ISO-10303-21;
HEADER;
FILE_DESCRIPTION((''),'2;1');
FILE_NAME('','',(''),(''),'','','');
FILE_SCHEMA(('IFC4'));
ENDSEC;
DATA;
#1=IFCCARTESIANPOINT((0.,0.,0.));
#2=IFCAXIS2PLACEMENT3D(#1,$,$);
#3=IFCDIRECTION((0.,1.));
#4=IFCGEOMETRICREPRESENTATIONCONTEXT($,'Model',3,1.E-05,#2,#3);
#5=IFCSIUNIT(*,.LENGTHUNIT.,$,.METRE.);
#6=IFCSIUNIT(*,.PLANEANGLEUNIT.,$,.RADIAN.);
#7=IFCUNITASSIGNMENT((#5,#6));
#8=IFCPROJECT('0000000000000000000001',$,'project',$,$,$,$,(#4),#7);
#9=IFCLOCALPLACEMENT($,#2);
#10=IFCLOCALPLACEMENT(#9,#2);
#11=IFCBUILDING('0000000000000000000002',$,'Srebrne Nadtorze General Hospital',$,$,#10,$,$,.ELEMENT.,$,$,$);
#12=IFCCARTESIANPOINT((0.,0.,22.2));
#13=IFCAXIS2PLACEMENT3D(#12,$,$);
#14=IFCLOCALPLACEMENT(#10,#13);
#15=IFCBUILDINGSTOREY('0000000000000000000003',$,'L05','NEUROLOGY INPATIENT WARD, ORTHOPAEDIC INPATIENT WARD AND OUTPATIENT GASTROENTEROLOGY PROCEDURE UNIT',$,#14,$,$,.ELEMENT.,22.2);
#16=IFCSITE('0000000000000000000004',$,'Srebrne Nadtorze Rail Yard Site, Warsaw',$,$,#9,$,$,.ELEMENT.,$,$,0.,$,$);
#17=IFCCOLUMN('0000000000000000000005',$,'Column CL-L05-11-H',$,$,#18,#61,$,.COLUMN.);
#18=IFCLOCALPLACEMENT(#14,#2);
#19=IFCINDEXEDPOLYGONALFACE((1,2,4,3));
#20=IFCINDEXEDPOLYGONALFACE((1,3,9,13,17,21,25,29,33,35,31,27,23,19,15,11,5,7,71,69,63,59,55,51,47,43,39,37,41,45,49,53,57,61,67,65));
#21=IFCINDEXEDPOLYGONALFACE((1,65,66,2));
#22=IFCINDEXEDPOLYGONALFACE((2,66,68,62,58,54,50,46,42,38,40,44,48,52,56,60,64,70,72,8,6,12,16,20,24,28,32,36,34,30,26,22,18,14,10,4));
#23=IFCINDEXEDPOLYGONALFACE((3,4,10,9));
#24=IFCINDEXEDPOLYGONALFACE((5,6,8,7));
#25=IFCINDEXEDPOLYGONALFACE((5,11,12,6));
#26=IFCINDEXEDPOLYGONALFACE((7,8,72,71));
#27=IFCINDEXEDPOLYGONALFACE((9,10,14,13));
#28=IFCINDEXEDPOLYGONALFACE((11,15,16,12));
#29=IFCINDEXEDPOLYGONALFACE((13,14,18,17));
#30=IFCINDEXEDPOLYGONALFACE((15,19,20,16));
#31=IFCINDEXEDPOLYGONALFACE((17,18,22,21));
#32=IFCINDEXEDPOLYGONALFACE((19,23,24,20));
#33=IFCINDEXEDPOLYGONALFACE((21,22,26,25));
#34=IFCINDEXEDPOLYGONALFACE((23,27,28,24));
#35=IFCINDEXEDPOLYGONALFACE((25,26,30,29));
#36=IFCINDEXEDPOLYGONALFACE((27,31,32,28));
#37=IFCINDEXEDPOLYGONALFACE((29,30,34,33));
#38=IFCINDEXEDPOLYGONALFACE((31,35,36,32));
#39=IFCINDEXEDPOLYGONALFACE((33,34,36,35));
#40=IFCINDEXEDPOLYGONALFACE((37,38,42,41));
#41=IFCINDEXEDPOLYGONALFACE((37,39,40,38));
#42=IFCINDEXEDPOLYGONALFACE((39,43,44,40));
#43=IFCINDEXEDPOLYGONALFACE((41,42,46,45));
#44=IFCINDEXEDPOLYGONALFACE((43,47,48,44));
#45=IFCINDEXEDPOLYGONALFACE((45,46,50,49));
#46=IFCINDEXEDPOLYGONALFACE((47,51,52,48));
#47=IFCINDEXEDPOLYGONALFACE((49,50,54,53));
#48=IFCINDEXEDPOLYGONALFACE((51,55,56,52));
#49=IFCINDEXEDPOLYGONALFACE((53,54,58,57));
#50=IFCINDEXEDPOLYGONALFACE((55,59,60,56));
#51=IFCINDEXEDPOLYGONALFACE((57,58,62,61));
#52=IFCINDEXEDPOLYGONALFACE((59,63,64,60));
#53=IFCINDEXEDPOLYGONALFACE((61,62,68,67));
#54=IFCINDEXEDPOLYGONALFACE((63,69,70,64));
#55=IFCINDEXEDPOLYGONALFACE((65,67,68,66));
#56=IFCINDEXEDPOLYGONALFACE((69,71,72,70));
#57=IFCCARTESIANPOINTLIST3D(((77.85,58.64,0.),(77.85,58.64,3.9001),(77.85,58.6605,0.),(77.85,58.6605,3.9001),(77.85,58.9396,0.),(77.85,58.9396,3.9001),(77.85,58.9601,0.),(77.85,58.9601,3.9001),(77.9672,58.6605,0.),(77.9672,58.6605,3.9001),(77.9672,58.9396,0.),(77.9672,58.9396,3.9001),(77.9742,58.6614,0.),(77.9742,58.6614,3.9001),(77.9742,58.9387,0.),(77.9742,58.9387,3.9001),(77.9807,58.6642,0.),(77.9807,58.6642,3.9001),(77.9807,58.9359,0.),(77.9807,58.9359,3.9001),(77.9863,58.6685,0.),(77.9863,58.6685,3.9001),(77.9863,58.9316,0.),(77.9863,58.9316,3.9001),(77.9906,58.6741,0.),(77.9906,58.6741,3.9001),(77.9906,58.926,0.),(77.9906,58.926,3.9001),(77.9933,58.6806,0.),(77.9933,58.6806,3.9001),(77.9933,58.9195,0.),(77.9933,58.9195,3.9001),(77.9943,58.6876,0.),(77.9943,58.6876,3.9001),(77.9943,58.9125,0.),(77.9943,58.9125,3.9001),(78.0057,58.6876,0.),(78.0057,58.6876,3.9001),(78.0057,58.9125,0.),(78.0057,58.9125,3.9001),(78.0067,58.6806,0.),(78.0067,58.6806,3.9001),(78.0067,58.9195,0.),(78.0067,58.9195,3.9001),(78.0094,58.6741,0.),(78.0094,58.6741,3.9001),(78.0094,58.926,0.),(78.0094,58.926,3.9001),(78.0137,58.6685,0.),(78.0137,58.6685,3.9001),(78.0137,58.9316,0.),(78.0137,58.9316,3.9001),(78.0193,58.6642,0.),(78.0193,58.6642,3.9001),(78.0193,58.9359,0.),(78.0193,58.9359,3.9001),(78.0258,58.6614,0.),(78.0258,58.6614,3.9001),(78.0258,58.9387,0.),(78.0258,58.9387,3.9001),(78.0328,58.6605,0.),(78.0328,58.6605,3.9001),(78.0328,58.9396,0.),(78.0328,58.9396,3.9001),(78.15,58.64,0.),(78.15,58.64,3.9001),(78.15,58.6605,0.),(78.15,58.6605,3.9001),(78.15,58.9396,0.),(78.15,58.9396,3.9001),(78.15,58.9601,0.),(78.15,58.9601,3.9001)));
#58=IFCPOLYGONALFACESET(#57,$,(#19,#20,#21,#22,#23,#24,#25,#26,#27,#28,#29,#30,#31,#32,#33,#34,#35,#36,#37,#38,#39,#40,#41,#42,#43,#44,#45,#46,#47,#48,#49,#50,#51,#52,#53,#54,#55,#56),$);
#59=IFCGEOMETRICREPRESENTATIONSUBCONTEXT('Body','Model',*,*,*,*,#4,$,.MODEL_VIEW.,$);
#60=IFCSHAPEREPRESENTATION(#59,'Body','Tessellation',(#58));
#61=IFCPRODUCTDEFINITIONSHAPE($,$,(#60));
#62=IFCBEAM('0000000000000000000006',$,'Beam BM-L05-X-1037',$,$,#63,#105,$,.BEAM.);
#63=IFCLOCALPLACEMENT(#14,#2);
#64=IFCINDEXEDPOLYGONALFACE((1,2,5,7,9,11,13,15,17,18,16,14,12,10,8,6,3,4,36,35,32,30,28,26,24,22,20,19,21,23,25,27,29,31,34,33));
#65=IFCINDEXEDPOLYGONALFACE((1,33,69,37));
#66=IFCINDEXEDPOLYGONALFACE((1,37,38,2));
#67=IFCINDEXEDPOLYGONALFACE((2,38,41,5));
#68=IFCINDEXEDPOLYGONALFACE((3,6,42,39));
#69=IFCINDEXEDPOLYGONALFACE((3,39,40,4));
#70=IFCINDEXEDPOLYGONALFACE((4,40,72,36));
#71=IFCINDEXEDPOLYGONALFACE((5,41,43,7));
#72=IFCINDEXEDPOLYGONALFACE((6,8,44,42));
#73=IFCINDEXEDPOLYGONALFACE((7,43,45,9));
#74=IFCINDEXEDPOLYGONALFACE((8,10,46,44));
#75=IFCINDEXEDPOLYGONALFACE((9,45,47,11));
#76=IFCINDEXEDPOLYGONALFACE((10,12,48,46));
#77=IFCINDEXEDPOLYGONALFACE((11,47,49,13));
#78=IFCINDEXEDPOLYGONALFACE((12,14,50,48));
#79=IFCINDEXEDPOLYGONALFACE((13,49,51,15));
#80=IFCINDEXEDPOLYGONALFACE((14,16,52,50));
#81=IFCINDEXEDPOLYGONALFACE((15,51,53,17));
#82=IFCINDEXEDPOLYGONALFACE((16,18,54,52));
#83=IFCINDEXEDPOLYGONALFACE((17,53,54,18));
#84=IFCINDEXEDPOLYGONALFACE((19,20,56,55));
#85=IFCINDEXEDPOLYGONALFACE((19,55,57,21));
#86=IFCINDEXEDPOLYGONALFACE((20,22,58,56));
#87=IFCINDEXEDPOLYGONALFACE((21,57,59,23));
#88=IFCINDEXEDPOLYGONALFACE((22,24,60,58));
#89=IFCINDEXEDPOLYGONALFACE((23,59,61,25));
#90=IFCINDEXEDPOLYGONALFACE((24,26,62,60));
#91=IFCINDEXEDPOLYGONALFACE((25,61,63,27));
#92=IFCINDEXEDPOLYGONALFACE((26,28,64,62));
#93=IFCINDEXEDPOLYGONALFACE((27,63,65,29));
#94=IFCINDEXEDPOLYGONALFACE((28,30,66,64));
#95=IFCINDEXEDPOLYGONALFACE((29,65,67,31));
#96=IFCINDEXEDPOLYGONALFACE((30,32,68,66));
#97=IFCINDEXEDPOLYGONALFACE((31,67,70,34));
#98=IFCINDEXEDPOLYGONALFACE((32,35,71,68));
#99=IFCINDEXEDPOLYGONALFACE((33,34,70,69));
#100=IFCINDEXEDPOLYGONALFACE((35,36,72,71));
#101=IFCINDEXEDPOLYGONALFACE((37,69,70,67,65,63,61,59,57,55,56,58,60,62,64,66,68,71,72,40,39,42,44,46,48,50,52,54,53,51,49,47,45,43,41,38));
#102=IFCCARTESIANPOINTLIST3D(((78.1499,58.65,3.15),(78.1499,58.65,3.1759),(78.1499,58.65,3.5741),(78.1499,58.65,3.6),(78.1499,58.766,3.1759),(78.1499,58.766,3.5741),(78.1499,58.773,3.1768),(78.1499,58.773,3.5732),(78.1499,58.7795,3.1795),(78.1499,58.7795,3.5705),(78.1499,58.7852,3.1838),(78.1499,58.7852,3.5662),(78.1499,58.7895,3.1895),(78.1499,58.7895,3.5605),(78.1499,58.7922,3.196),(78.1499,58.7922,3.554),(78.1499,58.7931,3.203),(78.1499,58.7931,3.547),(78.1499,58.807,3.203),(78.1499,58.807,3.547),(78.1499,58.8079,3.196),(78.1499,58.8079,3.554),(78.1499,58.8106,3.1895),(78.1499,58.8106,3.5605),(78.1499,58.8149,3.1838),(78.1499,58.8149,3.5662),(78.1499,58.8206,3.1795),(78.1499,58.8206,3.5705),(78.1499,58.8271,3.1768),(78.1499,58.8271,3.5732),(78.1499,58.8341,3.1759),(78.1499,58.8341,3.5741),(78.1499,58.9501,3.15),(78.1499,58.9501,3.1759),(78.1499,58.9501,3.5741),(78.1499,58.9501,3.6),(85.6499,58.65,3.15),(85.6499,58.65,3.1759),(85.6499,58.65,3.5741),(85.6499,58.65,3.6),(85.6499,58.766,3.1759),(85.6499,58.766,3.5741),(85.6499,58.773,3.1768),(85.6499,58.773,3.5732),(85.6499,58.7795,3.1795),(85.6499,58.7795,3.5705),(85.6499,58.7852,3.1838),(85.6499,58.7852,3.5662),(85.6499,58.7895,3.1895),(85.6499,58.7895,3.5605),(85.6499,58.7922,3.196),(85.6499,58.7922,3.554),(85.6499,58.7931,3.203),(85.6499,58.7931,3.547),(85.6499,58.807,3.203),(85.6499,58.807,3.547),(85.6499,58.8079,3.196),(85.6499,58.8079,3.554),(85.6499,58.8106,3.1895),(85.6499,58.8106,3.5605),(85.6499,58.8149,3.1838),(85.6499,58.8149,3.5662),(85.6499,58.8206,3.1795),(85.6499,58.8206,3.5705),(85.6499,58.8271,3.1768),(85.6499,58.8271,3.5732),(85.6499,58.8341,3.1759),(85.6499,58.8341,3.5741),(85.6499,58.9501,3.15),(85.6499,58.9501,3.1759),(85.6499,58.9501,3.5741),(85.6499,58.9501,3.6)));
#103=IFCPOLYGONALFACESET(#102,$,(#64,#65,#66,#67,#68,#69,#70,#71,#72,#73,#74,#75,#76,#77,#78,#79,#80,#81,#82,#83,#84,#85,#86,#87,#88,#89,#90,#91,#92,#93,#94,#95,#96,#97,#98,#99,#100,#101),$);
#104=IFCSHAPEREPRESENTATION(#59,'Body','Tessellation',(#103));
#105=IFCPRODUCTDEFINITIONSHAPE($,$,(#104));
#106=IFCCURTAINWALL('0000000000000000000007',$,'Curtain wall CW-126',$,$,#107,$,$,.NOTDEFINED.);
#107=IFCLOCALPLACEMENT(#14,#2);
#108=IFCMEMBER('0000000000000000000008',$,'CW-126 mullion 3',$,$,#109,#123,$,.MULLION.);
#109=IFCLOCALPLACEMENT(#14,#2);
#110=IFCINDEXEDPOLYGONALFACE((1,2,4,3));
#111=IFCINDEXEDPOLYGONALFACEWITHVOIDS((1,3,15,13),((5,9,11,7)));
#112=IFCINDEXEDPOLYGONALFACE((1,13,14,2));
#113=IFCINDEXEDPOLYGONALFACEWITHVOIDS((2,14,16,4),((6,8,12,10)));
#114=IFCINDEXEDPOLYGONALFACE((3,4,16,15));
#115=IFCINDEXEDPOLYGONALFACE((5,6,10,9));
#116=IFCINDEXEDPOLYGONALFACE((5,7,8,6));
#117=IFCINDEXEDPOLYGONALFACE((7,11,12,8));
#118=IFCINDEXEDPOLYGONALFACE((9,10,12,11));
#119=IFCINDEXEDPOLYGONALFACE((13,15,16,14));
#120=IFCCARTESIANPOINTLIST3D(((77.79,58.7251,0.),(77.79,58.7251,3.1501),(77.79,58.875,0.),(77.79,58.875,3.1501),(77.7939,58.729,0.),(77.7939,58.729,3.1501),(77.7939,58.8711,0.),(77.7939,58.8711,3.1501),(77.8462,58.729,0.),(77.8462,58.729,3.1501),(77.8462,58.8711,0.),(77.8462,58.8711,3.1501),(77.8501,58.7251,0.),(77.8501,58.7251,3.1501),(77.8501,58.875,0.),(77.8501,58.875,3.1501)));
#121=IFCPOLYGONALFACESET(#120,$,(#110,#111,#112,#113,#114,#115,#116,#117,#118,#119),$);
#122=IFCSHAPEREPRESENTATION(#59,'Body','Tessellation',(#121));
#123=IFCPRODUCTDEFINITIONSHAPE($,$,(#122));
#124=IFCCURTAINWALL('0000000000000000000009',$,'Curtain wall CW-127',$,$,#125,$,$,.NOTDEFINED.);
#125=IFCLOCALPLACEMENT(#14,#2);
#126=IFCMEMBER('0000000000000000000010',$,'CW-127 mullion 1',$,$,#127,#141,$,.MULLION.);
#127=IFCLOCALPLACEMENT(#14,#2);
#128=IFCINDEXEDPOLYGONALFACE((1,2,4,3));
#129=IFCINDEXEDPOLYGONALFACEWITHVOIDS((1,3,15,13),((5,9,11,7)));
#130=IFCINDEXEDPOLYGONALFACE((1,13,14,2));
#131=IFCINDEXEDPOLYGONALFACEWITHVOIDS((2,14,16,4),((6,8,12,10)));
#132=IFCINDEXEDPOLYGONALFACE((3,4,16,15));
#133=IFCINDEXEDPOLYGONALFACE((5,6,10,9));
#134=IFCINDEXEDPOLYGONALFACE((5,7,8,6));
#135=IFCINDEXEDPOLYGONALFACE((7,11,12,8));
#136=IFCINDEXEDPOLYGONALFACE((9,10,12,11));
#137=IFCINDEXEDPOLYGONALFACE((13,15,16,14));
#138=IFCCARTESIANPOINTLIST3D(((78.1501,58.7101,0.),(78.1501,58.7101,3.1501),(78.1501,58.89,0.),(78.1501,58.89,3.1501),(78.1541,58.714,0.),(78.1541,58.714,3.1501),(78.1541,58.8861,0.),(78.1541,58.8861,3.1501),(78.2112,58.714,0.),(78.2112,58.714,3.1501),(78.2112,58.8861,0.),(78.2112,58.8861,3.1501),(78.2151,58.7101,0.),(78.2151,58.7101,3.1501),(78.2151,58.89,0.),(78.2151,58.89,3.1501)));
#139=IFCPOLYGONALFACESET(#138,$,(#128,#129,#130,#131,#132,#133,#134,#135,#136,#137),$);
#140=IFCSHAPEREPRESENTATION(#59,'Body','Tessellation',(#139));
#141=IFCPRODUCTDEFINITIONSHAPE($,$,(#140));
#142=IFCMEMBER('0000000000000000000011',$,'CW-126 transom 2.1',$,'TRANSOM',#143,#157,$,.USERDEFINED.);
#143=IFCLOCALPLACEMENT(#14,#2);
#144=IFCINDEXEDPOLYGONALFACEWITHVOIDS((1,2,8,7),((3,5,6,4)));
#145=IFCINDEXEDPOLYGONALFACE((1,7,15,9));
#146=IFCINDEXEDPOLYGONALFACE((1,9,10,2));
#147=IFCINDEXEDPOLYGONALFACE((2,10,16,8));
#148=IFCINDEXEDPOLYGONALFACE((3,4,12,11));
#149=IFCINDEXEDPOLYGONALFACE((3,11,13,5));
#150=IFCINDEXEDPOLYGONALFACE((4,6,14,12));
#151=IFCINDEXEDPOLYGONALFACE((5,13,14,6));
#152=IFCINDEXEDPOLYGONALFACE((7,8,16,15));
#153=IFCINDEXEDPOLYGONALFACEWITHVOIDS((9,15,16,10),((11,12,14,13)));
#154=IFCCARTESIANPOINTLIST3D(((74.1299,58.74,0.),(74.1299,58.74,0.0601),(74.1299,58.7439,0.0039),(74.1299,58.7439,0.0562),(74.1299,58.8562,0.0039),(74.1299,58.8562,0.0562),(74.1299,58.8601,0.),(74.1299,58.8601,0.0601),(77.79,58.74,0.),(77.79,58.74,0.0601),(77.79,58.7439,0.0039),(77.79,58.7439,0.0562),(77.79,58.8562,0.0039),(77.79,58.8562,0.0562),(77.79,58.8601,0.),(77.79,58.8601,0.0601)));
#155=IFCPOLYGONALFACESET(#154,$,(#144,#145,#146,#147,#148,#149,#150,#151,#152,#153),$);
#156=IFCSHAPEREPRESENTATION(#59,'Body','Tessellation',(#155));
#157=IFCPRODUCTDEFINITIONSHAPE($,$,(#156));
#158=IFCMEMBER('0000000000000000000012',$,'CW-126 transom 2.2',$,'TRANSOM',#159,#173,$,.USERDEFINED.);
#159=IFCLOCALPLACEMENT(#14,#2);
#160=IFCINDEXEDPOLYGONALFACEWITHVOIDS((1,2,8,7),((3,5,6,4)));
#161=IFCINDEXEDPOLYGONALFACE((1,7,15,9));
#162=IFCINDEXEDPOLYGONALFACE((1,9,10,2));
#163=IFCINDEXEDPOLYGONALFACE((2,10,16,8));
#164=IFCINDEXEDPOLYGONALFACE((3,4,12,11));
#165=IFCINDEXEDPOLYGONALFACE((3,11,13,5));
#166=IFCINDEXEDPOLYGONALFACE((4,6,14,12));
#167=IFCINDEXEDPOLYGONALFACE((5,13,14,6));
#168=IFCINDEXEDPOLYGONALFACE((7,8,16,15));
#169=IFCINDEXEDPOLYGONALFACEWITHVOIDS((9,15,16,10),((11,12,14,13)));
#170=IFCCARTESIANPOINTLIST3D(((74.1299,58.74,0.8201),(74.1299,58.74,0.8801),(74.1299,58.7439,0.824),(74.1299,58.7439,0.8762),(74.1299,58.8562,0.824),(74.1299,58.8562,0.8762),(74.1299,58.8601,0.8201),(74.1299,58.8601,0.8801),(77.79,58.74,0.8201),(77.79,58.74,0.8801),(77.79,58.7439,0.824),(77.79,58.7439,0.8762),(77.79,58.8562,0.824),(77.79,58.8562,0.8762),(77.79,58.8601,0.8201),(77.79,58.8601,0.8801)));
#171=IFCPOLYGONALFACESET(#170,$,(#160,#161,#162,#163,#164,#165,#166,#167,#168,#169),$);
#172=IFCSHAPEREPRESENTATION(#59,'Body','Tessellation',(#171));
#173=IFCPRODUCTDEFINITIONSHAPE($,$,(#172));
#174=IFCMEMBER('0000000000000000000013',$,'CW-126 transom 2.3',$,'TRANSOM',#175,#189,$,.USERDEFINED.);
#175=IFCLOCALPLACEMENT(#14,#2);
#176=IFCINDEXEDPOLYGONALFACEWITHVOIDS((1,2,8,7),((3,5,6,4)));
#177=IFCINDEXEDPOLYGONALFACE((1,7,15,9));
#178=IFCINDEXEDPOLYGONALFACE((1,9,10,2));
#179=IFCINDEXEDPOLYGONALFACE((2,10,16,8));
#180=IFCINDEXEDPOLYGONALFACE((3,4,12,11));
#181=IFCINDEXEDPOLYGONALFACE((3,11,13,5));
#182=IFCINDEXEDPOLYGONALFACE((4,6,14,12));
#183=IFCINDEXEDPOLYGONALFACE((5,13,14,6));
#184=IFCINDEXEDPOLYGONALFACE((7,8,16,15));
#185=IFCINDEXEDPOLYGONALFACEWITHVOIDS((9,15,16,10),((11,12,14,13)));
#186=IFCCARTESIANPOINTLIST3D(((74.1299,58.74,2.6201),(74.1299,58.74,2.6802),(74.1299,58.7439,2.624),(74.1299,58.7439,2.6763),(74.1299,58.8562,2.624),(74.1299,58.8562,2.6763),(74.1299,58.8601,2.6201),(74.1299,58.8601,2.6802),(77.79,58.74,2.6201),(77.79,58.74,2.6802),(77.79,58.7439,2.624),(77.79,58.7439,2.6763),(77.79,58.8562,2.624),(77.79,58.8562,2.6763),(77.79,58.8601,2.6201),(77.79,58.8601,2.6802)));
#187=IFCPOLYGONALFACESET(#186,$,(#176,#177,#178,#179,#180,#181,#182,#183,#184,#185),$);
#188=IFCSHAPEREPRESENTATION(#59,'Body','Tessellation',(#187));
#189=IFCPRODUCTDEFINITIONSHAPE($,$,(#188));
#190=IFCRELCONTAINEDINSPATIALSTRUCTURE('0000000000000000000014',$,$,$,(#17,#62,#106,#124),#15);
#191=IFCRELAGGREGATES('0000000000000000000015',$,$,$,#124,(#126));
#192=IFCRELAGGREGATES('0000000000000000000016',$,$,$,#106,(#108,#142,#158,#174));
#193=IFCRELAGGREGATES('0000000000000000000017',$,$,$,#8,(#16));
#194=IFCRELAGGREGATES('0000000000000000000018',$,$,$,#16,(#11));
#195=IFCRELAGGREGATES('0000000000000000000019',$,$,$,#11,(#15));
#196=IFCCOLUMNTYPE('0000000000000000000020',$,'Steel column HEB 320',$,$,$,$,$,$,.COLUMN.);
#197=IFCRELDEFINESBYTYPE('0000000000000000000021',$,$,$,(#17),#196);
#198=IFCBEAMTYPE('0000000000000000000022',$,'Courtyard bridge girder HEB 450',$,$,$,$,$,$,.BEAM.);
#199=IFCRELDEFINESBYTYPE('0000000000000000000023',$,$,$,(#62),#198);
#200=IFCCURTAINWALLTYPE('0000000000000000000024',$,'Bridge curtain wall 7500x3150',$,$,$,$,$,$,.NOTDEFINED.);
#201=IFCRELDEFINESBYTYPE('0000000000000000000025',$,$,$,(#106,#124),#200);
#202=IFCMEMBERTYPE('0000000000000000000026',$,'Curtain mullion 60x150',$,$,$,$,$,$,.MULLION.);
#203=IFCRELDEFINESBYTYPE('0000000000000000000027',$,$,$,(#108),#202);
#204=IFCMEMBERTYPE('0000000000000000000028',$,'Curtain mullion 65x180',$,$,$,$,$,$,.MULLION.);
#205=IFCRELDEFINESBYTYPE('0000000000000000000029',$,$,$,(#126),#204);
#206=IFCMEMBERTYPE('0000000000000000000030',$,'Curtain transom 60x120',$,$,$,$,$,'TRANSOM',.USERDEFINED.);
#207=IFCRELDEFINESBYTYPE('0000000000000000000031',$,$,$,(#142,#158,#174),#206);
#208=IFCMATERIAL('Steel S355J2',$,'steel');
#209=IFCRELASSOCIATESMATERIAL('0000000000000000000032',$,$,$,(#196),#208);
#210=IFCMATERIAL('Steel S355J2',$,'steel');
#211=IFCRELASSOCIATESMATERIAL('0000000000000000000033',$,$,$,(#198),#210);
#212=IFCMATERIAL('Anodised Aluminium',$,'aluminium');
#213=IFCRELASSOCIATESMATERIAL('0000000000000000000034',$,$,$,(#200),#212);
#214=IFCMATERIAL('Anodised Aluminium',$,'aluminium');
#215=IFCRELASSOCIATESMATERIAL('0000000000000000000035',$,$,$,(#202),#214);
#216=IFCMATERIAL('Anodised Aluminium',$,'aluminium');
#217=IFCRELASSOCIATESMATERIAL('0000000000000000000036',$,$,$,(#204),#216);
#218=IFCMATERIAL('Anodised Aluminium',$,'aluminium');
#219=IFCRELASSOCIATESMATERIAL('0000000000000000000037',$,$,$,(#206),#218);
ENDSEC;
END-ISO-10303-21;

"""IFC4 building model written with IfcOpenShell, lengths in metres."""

from ifc_helpers import new_model, si_unit, direction, frame, origin, origin_2d, place, context, subcontext, project, spatial, hollow_rectangle, i_section, extrude, material, material_profile, profile_set, type_object, element, aggregate, save


model = new_model("IFC4")

# Units and contexts
model_context = context("Model", 3, precision=1e-05, world=origin(), true_north=direction((0.0, 1.0)))
body_context = subcontext(model_context, "Body", "Model", "MODEL_VIEW")
ifc_project = project(units=[si_unit("LENGTHUNIT", "METRE"), si_unit("PLANEANGLEUNIT", "RADIAN")], contexts=[model_context])

# Site, building, storey
site_placement = place(None, origin())
site = spatial("IfcSite", under=ifc_project, at=site_placement, Name="Srebrne Nadtorze Rail Yard Site, Warsaw", CompositionType="ELEMENT", RefElevation=0.0)
building_placement = place(site_placement, origin())
building = spatial("IfcBuilding", under=site, at=building_placement, Name="Srebrne Nadtorze General Hospital", CompositionType="ELEMENT")
storey_placement = place(building_placement, frame((0.0, 0.0, 22.2)))
storey = spatial("IfcBuildingStorey", under=building, at=storey_placement, Name="L05", Description="NEUROLOGY INPATIENT WARD, ORTHOPAEDIC INPATIENT WARD AND OUTPATIENT GASTROENTEROLOGY PROCEDURE UNIT", CompositionType="ELEMENT", Elevation=22.2)

# Column
ifc_material_1 = material(Name="Steel S355J2", Category="steel")
ifc_material_profile_1 = material_profile(ifc_material_1, i_section(OverallWidth=0.3, OverallDepth=0.3201, WebThickness=0.0115, FlangeThickness=0.0205, FilletRadius=0.0271, at=origin_2d()), Name="HEB-320")
ifc_profile_set_1 = profile_set([ifc_material_profile_1], Name="Steel S355J2")
column_type = type_object("IfcColumnType", Name="Steel column HEB 320", PredefinedType="COLUMN", material=ifc_profile_set_1)
column_placement = place(storey_placement, frame((78.0, 58.8, 0.0), z_axis=(0.0, 0.0, 1.0), x_axis=(1.0, 0.0, 0.0)))
element("IfcColumn", 1, at=column_placement, inside=storey, type_object=column_type, Name="Column CL-L05-11-H", PredefinedType="COLUMN", context=body_context, shape_type="SweptSolid", body=[
    extrude(i_section(OverallWidth=0.3, OverallDepth=0.3201, WebThickness=0.0115, FlangeThickness=0.0205, FilletRadius=0.0271, at=origin_2d()), origin(), (0.0, 0.0, 1.0), 3.9001),
])

# Beam
ifc_material_2 = material(Name="Steel S355J2", Category="steel")
ifc_material_profile_2 = material_profile(ifc_material_2, i_section(OverallWidth=0.3, OverallDepth=0.45, WebThickness=0.0139, FlangeThickness=0.0259, FilletRadius=0.0271, at=origin_2d()), Name="HEB-450")
ifc_profile_set_2 = profile_set([ifc_material_profile_2], Name="Steel S355J2")
beam_type = type_object("IfcBeamType", Name="Courtyard bridge girder HEB 450", PredefinedType="BEAM", material=ifc_profile_set_2)
beam_placement = place(storey_placement, frame((78.1499, 58.8, 3.375), z_axis=(1.0, 0.0, 0.0), x_axis=(0.0, 1.0, 0.0)))
element("IfcBeam", 2, at=beam_placement, inside=storey, type_object=beam_type, Name="Beam BM-L05-X-1037", PredefinedType="BEAM", context=body_context, shape_type="SweptSolid", body=[
    extrude(i_section(OverallWidth=0.3, OverallDepth=0.45, WebThickness=0.0139, FlangeThickness=0.0259, FilletRadius=0.0271, at=origin_2d()), origin(), (0.0, 0.0, 1.0), 7.5),
])

# Curtain walls, members
ifc_material_3 = material(Name="Anodised Aluminium", Category="aluminium")
curtain_wall_type = type_object("IfcCurtainWallType", Name="Bridge curtain wall 7500x3150", PredefinedType="NOTDEFINED", material=ifc_material_3)
curtain_wall_1_placement = place(storey_placement, origin())
curtain_wall_1 = element("IfcCurtainWall", 3, at=curtain_wall_1_placement, inside=storey, type_object=curtain_wall_type, Name="Curtain wall CW-126", PredefinedType="NOTDEFINED")
ifc_material_4 = material(Name="Anodised Aluminium", Category="aluminium")
ifc_material_profile_3 = material_profile(ifc_material_4, hollow_rectangle(XDim=0.0601, YDim=0.1499, WallThickness=0.0039, at=origin_2d()), Name="AL-MUL-60x150")
ifc_profile_set_3 = profile_set([ifc_material_profile_3], Name="Anodised Aluminium")
member_type_1 = type_object("IfcMemberType", Name="Curtain mullion 60x150", PredefinedType="MULLION", material=ifc_profile_set_3)
member_1_placement = place(storey_placement, frame((77.8201, 58.8, 0.0), z_axis=(0.0, 0.0, 1.0), x_axis=(1.0, 0.0, 0.0)))
member_1 = element("IfcMember", 4, at=member_1_placement, type_object=member_type_1, Name="CW-126 mullion 3", PredefinedType="MULLION", context=body_context, shape_type="SweptSolid", body=[
    extrude(hollow_rectangle(XDim=0.0601, YDim=0.1499, WallThickness=0.0039, at=origin_2d()), origin(), (0.0, 0.0, 1.0), 3.1501),
])
curtain_wall_2_placement = place(storey_placement, origin())
curtain_wall_2 = element("IfcCurtainWall", 5, at=curtain_wall_2_placement, inside=storey, type_object=curtain_wall_type, Name="Curtain wall CW-127", PredefinedType="NOTDEFINED")
ifc_material_5 = material(Name="Anodised Aluminium", Category="aluminium")
ifc_material_profile_4 = material_profile(ifc_material_5, hollow_rectangle(XDim=0.0649, YDim=0.1799, WallThickness=0.0039, at=origin_2d()), Name="AL-MUL-65x180")
ifc_profile_set_4 = profile_set([ifc_material_profile_4], Name="Anodised Aluminium")
member_type_2 = type_object("IfcMemberType", Name="Curtain mullion 65x180", PredefinedType="MULLION", material=ifc_profile_set_4)
member_2_placement = place(storey_placement, frame((78.1826, 58.8, 0.0), z_axis=(0.0, 0.0, 1.0), x_axis=(1.0, 0.0, 0.0)))
member_2 = element("IfcMember", 6, at=member_2_placement, type_object=member_type_2, Name="CW-127 mullion 1", PredefinedType="MULLION", context=body_context, shape_type="SweptSolid", body=[
    extrude(hollow_rectangle(XDim=0.0649, YDim=0.1799, WallThickness=0.0039, at=origin_2d()), origin(), (0.0, 0.0, 1.0), 3.1501),
])

# Members
ifc_material_6 = material(Name="Anodised Aluminium", Category="aluminium")
ifc_material_profile_5 = material_profile(ifc_material_6, hollow_rectangle(XDim=0.0601, YDim=0.1201, WallThickness=0.0039, at=origin_2d()), Name="AL-TRN-60x120")
ifc_profile_set_5 = profile_set([ifc_material_profile_5], Name="Anodised Aluminium")
member_type_3 = type_object("IfcMemberType", Name="Curtain transom 60x120", ElementType="TRANSOM", PredefinedType="USERDEFINED", material=ifc_profile_set_5)
member_3_placement = place(storey_placement, frame((74.1299, 58.8, 0.03), z_axis=(1.0, 0.0, 0.0), x_axis=(0.0, 0.0, 1.0)))
member_3 = element("IfcMember", 7, at=member_3_placement, type_object=member_type_3, Name="CW-126 transom 2.1", ObjectType="TRANSOM", PredefinedType="USERDEFINED", context=body_context, shape_type="SweptSolid", body=[
    extrude(hollow_rectangle(XDim=0.0601, YDim=0.1201, WallThickness=0.0039, at=origin_2d()), origin(), (0.0, 0.0, 1.0), 3.6602),
])
member_4_placement = place(storey_placement, frame((74.1299, 58.8, 0.8501), z_axis=(1.0, 0.0, 0.0), x_axis=(0.0, 0.0, 1.0)))
member_4 = element("IfcMember", 8, at=member_4_placement, type_object=member_type_3, Name="CW-126 transom 2.2", ObjectType="TRANSOM", PredefinedType="USERDEFINED", context=body_context, shape_type="SweptSolid", body=[
    extrude(hollow_rectangle(XDim=0.0601, YDim=0.1201, WallThickness=0.0039, at=origin_2d()), origin(), (0.0, 0.0, 1.0), 3.6602),
])
member_5_placement = place(storey_placement, frame((74.1299, 58.8, 2.6501), z_axis=(1.0, 0.0, 0.0), x_axis=(0.0, 0.0, 1.0)))
member_5 = element("IfcMember", 9, at=member_5_placement, type_object=member_type_3, Name="CW-126 transom 2.3", ObjectType="TRANSOM", PredefinedType="USERDEFINED", context=body_context, shape_type="SweptSolid", body=[
    extrude(hollow_rectangle(XDim=0.0601, YDim=0.1201, WallThickness=0.0039, at=origin_2d()), origin(), (0.0, 0.0, 1.0), 3.6602),
])
aggregate(curtain_wall_2, [member_2])

aggregate(curtain_wall_1, [member_1, member_3, member_4, member_5])

save(model, "model.ifc")
